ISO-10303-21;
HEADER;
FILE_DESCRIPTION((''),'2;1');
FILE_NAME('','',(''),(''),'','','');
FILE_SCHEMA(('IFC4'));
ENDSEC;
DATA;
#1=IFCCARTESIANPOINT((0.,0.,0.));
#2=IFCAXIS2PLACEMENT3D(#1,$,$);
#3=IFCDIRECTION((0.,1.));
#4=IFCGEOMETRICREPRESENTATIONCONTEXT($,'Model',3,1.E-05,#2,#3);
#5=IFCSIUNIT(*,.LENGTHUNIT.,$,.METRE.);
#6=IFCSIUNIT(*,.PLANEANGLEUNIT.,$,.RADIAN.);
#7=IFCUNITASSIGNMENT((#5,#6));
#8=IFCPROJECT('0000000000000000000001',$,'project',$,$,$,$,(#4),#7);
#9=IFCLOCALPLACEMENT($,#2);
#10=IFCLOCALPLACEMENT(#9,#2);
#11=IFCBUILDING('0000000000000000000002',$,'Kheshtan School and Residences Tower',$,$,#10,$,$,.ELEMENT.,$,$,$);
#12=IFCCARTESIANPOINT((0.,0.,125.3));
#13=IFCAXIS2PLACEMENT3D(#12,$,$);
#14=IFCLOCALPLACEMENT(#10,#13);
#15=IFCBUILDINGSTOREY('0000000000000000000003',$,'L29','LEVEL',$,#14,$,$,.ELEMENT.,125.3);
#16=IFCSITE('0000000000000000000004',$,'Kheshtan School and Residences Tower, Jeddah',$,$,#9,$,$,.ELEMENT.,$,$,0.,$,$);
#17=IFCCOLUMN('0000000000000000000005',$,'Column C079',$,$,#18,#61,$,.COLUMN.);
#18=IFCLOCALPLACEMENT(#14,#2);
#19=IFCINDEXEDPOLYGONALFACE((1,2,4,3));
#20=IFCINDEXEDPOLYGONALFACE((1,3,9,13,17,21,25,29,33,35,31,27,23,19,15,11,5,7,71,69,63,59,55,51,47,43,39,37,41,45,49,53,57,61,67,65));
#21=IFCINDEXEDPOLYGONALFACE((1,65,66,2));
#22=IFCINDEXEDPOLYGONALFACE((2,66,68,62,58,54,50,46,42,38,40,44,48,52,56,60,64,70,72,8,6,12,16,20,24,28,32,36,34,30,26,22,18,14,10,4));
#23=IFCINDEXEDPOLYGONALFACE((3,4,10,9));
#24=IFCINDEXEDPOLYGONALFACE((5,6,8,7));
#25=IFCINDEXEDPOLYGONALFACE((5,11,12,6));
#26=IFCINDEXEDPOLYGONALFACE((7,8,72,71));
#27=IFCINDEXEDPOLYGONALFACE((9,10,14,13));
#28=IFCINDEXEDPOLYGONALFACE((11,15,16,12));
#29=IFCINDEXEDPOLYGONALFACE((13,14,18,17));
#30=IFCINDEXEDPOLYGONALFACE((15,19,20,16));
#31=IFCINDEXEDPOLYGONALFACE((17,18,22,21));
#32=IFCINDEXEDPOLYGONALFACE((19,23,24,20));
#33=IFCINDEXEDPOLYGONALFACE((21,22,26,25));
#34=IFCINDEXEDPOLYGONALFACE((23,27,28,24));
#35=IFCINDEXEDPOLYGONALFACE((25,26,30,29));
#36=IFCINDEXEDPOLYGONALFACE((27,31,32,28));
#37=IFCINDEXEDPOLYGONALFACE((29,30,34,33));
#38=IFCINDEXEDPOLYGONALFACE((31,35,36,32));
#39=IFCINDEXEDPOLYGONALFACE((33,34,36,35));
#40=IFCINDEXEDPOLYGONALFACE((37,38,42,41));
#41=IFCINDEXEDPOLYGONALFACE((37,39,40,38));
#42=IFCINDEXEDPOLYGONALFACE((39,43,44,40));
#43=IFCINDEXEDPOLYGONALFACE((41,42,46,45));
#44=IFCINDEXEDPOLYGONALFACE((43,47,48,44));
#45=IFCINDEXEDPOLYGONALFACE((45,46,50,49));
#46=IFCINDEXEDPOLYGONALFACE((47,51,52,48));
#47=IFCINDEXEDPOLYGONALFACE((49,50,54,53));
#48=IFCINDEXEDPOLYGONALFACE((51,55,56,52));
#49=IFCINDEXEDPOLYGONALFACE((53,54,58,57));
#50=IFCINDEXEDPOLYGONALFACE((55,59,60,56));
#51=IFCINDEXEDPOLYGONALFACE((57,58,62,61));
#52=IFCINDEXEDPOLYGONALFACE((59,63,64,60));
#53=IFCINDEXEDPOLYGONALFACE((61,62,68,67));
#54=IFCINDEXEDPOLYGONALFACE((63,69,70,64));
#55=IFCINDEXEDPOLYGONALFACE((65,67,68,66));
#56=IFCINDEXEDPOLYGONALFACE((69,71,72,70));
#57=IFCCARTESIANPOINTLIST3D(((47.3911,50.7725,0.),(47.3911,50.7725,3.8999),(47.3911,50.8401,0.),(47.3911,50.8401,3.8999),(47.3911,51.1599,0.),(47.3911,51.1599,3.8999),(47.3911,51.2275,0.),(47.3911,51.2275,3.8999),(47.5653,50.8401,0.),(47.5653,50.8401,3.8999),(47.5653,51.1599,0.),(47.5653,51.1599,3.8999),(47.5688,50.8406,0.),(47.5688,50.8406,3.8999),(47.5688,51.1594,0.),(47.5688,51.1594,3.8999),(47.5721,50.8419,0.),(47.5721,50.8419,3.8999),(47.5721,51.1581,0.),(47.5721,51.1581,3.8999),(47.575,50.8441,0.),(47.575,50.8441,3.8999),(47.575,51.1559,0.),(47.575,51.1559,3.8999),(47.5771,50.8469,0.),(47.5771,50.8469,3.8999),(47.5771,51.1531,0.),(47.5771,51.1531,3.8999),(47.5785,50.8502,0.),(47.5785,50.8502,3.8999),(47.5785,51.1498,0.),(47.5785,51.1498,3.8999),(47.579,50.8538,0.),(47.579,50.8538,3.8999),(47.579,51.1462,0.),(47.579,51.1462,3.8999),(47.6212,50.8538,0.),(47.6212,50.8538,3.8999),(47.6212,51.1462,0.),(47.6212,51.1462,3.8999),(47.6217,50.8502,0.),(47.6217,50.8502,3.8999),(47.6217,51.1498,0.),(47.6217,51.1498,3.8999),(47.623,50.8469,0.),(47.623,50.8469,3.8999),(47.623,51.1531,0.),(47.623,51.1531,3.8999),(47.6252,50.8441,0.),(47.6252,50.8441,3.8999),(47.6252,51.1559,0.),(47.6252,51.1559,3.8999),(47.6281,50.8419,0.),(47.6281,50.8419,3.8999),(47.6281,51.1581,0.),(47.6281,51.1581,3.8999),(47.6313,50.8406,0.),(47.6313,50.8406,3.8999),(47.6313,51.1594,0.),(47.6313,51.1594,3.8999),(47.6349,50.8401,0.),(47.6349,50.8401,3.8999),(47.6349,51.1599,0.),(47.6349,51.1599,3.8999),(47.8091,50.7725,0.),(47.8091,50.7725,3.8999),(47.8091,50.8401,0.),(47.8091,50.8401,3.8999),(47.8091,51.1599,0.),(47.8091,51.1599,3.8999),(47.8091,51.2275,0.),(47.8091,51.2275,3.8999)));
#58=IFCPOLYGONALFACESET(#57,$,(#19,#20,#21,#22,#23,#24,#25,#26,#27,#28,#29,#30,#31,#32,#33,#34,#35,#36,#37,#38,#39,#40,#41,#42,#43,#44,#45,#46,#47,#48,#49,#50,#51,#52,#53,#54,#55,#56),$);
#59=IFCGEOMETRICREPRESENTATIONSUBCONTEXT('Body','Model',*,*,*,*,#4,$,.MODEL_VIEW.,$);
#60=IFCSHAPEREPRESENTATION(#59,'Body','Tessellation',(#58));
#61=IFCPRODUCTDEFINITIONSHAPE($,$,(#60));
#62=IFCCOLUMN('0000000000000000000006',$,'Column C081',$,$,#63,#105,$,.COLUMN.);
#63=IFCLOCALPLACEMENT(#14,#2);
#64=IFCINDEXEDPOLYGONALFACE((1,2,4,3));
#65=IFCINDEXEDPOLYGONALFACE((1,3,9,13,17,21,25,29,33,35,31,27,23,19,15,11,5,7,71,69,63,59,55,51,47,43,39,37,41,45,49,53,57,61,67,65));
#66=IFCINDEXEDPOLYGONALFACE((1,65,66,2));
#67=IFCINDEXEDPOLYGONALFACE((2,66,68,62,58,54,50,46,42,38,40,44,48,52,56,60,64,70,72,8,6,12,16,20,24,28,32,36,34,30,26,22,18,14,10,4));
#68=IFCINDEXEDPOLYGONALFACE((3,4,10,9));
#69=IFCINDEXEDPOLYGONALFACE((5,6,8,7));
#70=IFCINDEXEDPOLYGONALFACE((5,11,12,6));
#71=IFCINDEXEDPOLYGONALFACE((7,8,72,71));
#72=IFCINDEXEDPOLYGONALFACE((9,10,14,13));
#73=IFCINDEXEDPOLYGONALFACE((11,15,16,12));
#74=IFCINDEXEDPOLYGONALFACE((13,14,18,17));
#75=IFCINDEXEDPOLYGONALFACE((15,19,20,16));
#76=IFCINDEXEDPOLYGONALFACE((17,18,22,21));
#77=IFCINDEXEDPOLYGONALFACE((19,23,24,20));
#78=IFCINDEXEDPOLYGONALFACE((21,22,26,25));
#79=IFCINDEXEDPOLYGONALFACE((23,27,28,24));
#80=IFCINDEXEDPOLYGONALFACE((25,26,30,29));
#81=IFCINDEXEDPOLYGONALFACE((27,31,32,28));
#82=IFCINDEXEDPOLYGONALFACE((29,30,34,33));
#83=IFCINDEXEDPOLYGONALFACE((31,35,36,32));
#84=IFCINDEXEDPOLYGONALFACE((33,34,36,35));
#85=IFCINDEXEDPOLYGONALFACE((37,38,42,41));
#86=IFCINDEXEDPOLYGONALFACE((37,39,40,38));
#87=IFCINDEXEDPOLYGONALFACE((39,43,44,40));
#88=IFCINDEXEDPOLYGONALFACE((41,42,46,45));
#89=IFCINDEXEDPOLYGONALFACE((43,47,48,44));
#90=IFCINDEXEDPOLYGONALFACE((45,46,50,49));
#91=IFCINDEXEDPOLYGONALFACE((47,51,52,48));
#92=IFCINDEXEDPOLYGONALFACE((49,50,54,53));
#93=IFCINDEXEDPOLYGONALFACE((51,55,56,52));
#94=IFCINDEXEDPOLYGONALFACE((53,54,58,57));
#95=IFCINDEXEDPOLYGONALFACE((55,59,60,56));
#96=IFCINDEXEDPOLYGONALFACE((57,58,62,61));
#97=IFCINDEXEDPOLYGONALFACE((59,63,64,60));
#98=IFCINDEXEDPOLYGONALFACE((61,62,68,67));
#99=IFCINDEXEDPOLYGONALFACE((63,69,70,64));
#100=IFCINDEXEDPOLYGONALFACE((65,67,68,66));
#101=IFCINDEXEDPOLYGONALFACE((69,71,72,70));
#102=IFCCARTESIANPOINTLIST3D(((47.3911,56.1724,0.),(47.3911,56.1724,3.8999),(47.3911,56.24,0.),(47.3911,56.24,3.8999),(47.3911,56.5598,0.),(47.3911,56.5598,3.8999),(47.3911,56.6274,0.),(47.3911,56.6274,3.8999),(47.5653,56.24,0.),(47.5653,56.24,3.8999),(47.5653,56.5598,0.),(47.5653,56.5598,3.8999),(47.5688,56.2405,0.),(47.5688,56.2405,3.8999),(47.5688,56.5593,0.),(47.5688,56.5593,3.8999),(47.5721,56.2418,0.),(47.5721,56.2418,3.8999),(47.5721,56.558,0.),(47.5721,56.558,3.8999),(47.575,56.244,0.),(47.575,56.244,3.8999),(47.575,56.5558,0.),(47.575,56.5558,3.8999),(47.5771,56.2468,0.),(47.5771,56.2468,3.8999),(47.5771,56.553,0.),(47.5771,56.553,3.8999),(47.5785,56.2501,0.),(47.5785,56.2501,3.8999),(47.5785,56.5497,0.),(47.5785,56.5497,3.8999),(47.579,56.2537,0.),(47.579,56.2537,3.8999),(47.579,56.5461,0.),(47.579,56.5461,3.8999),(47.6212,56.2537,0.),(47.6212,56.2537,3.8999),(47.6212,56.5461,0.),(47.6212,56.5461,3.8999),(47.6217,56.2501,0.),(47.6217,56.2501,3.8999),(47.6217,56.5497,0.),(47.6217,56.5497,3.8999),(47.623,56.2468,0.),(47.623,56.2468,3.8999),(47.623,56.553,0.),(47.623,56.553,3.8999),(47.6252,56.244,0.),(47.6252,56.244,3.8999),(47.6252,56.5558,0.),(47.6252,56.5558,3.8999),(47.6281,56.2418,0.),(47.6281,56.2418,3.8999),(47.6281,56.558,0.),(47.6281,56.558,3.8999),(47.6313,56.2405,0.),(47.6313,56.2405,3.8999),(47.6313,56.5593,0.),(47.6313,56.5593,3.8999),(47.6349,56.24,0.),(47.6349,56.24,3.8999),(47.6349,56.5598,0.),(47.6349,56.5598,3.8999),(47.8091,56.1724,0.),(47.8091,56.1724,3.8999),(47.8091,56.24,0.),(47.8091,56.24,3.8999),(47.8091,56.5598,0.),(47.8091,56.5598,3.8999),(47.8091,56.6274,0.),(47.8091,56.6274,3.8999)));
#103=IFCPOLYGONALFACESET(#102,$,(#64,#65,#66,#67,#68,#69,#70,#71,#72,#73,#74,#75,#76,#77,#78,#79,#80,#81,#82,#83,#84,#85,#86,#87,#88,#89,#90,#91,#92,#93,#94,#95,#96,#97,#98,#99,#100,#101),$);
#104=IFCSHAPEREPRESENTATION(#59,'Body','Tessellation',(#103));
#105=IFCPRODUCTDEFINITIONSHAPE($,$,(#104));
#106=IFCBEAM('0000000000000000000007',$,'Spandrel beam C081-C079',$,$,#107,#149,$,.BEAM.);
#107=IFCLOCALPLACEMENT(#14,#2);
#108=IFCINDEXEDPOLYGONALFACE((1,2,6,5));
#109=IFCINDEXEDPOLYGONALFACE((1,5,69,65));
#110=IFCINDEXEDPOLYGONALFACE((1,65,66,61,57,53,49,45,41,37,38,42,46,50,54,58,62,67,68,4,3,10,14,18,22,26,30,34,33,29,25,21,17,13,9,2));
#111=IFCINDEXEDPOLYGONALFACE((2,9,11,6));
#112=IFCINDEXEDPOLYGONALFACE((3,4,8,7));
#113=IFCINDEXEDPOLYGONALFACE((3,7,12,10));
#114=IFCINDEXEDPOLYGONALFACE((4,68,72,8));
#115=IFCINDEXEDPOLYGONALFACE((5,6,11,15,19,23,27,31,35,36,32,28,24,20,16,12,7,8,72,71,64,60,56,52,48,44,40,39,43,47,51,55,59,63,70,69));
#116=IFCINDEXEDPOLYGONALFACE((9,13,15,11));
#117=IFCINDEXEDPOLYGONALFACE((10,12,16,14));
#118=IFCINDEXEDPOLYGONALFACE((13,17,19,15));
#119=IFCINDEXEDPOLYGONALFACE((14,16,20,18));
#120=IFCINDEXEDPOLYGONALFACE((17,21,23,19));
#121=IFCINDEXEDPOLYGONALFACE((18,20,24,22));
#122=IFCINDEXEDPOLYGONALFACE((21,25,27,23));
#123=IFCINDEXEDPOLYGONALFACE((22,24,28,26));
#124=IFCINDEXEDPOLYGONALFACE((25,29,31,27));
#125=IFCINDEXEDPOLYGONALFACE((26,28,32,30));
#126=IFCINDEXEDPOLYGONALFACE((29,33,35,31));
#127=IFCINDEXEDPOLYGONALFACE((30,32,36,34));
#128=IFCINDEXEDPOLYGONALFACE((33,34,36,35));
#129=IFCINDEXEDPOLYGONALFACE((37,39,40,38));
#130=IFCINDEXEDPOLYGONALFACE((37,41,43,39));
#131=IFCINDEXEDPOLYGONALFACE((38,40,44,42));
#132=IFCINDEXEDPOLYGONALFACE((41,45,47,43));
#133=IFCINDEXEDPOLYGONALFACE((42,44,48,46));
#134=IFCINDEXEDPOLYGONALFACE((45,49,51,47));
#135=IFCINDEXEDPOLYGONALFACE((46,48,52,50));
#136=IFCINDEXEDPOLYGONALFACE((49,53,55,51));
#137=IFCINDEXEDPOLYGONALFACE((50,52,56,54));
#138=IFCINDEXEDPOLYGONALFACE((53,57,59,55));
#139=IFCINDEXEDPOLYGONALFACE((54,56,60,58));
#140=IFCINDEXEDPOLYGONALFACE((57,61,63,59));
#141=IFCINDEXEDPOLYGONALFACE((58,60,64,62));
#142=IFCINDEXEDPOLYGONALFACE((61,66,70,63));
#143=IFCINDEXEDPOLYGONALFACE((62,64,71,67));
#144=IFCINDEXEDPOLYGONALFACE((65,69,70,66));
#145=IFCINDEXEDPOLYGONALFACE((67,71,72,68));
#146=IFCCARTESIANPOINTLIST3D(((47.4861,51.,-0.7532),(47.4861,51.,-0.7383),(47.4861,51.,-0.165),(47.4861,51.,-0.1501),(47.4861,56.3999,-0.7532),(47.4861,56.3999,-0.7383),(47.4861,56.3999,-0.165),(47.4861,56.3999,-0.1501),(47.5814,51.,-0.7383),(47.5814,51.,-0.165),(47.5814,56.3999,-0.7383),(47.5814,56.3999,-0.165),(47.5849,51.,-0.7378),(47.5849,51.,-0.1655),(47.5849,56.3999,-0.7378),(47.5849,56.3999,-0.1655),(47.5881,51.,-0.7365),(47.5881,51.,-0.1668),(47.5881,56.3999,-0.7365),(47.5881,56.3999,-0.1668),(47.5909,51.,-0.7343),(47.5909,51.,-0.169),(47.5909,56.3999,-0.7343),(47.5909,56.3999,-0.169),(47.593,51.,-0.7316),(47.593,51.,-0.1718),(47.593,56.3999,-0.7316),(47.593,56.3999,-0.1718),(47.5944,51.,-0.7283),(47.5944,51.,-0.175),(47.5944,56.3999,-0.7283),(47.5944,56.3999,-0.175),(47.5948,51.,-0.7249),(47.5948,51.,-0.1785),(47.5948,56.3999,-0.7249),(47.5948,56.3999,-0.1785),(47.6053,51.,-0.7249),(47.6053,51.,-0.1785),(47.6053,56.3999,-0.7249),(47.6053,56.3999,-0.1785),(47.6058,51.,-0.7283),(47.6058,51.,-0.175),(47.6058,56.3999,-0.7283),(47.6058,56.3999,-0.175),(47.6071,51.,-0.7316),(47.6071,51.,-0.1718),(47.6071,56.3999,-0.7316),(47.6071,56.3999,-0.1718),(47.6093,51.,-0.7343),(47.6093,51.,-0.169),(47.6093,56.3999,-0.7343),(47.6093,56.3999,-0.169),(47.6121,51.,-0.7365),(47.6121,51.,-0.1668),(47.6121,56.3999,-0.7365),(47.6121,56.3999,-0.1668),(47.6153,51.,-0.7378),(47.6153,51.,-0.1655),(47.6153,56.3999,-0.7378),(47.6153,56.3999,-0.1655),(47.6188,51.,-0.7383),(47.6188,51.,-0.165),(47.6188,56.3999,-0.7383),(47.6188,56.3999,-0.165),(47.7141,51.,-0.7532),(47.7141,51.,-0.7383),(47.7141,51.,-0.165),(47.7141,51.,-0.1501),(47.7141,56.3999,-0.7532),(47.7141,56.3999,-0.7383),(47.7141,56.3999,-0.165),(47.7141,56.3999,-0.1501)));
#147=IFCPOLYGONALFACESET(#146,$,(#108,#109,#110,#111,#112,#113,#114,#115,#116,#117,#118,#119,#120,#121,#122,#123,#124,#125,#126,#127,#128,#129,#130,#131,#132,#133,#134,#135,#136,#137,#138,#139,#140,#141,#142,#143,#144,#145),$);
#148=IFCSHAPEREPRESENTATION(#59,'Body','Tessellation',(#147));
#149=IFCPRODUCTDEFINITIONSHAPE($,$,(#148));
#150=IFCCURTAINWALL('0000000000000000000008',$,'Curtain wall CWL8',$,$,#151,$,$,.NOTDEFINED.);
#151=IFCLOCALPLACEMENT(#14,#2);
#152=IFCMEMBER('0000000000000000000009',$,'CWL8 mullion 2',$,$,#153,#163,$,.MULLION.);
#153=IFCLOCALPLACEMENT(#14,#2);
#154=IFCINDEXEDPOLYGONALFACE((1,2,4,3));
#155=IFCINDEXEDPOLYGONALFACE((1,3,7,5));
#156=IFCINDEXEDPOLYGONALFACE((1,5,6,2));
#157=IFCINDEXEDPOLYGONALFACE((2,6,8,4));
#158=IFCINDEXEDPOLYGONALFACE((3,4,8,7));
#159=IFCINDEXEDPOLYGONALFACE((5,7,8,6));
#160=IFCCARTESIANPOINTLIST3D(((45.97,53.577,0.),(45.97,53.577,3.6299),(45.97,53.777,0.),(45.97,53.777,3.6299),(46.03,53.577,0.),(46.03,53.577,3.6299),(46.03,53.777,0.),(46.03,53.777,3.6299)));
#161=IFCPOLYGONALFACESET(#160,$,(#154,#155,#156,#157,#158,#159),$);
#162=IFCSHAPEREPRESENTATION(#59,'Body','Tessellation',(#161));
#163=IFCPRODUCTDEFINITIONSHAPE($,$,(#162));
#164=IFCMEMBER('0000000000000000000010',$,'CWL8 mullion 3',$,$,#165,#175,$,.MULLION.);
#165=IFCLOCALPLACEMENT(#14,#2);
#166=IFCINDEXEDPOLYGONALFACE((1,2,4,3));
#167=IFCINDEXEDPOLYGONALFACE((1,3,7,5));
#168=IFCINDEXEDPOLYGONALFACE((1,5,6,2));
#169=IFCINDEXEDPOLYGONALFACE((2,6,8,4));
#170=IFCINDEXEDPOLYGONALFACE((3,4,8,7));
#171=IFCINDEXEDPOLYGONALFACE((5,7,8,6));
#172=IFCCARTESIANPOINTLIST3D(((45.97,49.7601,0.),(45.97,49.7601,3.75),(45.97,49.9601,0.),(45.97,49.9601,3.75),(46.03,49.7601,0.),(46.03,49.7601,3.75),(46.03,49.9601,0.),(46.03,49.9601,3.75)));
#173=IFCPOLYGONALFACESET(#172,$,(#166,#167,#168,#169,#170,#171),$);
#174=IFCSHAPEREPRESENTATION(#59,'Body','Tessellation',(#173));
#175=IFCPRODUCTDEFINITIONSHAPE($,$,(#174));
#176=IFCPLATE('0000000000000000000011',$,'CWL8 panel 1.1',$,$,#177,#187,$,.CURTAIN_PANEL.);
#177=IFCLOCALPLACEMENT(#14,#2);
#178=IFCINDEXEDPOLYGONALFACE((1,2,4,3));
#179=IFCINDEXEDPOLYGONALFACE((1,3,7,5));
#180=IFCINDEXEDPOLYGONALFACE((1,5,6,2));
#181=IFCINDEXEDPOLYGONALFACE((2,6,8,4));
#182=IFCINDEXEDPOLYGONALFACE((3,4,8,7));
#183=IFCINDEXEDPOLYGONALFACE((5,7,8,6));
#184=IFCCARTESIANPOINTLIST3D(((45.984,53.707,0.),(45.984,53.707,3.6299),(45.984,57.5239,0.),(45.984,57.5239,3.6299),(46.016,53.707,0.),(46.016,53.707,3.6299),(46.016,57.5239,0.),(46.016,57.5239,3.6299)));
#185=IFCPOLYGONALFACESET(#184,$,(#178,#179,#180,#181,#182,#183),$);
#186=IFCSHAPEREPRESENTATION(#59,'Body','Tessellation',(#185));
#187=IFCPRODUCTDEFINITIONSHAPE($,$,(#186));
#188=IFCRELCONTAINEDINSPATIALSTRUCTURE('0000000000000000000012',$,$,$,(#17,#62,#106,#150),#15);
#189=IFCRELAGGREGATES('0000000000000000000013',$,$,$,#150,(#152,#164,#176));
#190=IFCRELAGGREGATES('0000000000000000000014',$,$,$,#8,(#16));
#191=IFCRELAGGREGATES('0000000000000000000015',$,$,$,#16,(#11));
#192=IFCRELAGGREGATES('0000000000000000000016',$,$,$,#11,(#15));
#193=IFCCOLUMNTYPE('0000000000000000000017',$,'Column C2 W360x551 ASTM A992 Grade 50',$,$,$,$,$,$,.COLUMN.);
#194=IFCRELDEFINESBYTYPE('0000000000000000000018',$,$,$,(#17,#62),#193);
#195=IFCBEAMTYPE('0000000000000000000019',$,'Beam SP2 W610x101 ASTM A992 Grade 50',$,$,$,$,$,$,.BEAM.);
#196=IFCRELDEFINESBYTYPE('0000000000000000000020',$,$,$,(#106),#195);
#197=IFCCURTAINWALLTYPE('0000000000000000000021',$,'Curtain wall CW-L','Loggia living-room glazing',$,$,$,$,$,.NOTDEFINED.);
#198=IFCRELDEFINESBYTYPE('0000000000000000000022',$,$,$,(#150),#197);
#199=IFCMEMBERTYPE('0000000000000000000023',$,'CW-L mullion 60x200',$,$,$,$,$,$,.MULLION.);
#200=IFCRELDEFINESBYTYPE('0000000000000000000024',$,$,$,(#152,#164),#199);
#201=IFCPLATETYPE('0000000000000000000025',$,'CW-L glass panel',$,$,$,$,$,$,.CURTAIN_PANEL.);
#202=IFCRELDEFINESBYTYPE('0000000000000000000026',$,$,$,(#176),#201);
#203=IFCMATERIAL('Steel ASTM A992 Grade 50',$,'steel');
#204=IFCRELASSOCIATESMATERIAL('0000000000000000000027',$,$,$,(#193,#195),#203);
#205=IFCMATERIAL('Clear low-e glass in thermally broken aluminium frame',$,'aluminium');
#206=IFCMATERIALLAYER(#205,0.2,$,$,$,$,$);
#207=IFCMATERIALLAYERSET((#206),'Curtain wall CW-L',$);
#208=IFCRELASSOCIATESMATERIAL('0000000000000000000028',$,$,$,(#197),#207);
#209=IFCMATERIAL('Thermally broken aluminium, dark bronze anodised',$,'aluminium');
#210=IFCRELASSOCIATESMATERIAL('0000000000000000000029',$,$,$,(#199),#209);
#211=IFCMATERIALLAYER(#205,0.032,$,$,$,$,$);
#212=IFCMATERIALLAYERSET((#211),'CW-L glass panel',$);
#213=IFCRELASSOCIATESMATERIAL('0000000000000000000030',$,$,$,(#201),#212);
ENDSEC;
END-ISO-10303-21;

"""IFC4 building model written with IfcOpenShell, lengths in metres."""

from ifc_helpers import new_model, si_unit, direction, frame, origin, origin_2d, place, context, subcontext, project, spatial, rectangle, i_section, extrude, material, layer, layer_set, material_profile, profile_set, type_object, element, aggregate, save


model = new_model("IFC4")

# Units and contexts
model_context = context("Model", 3, precision=1e-05, world=origin(), true_north=direction((0.0, 1.0)))
body_context = subcontext(model_context, "Body", "Model", "MODEL_VIEW")
ifc_project = project(units=[si_unit("LENGTHUNIT", "METRE"), si_unit("PLANEANGLEUNIT", "RADIAN")], contexts=[model_context])

# Site, building, storey
site_placement = place(None, origin())
site = spatial("IfcSite", under=ifc_project, at=site_placement, Name="Kheshtan School and Residences Tower, Jeddah", CompositionType="ELEMENT", RefElevation=0.0)
building_placement = place(site_placement, origin())
building = spatial("IfcBuilding", under=site, at=building_placement, Name="Kheshtan School and Residences Tower", CompositionType="ELEMENT")
storey_placement = place(building_placement, frame((0.0, 0.0, 125.3)))
storey = spatial("IfcBuildingStorey", under=building, at=storey_placement, Name="L29", Description="LEVEL", CompositionType="ELEMENT", Elevation=125.3)

# Columns
ifc_material_1 = material(Name="Steel ASTM A992 Grade 50", Category="steel")
ifc_material_profile_1 = material_profile(ifc_material_1, i_section(OverallWidth=0.418, OverallDepth=0.4551, WebThickness=0.0422, FlangeThickness=0.0676, FilletRadius=0.0137, at=origin_2d()), Name="W360x551")
ifc_profile_set_1 = profile_set([ifc_material_profile_1], Name="Steel ASTM A992 Grade 50")
column_type = type_object("IfcColumnType", Name="Column C2 W360x551 ASTM A992 Grade 50", PredefinedType="COLUMN", material=ifc_profile_set_1)
for number, where, z_axis, x_axis, name in (
    (1, (47.6001, 51.0, 0.0), (0.0, 0.0, 1.0), (1.0, 0.0, 0.0), "Column C079"),
    (2, (47.6001, 56.3999, 0.0), (0.0, 0.0, 1.0), (1.0, 0.0, 0.0), "Column C081"),
):
    element("IfcColumn", number, at=place(storey_placement, frame(where, z_axis=z_axis, x_axis=x_axis)), inside=storey, type_object=column_type, Name=name, PredefinedType="COLUMN", context=body_context, shape_type="SweptSolid", body=[
        extrude(i_section(OverallWidth=0.418, OverallDepth=0.4551, WebThickness=0.0422, FlangeThickness=0.0676, FilletRadius=0.0137, at=origin_2d()), origin(), (0.0, 0.0, 1.0), 3.8999),
    ])

# Beam
ifc_material_profile_2 = material_profile(ifc_material_1, i_section(OverallWidth=0.228, OverallDepth=0.603, WebThickness=0.0105, FlangeThickness=0.0149, FilletRadius=0.0134, at=origin_2d()), Name="W610x101")
ifc_profile_set_2 = profile_set([ifc_material_profile_2], Name="Steel ASTM A992 Grade 50")
beam_type = type_object("IfcBeamType", Name="Beam SP2 W610x101 ASTM A992 Grade 50", PredefinedType="BEAM", material=ifc_profile_set_2)
beam_placement = place(storey_placement, frame((47.6001, 56.3999, -0.4517), z_axis=(0.0, -1.0, 0.0), x_axis=(1.0, 0.0, 0.0)))
element("IfcBeam", 3, at=beam_placement, inside=storey, type_object=beam_type, Name="Spandrel beam C081-C079", PredefinedType="BEAM", context=body_context, shape_type="SweptSolid", body=[
    extrude(i_section(OverallWidth=0.228, OverallDepth=0.603, WebThickness=0.0105, FlangeThickness=0.0149, FilletRadius=0.0134, at=origin_2d()), origin(), (0.0, 0.0, 1.0), 5.3999),
])

# Curtain wall, members, plate
ifc_material_2 = material(Name="Clear low-e glass in thermally broken aluminium frame", Category="aluminium")
ifc_layer_1 = layer(ifc_material_2, 0.2)
ifc_layer_set_1 = layer_set([ifc_layer_1], Name="Curtain wall CW-L")
curtain_wall_type = type_object("IfcCurtainWallType", Name="Curtain wall CW-L", Description="Loggia living-room glazing", PredefinedType="NOTDEFINED", material=ifc_layer_set_1)
curtain_wall_placement = place(storey_placement, origin())
curtain_wall = element("IfcCurtainWall", 4, at=curtain_wall_placement, inside=storey, type_object=curtain_wall_type, Name="Curtain wall CWL8", PredefinedType="NOTDEFINED")
ifc_material_3 = material(Name="Thermally broken aluminium, dark bronze anodised", Category="aluminium")
ifc_material_profile_3 = material_profile(ifc_material_3, rectangle(XDim=0.0601, YDim=0.2, at=origin_2d()), Name="CW-L mullion 60x200")
ifc_profile_set_3 = profile_set([ifc_material_profile_3], Name="Thermally broken aluminium, dark bronze anodised")
member_type = type_object("IfcMemberType", Name="CW-L mullion 60x200", PredefinedType="MULLION", material=ifc_profile_set_3)
member_1_placement = place(storey_placement, frame((46.0, 53.677, 0.0), z_axis=(0.0, 0.0, 1.0), x_axis=(1.0, 0.0, 0.0)))
member_1 = element("IfcMember", 5, at=member_1_placement, type_object=member_type, Name="CWL8 mullion 2", PredefinedType="MULLION", context=body_context, shape_type="SweptSolid", body=[
    extrude(rectangle(XDim=0.0601, YDim=0.2, at=origin_2d()), origin(), (0.0, 0.0, 1.0), 3.6299),
])
member_2_placement = place(storey_placement, frame((46.0, 49.8601, 0.0), z_axis=(0.0, 0.0, 1.0), x_axis=(1.0, 0.0, 0.0)))
member_2 = element("IfcMember", 6, at=member_2_placement, type_object=member_type, Name="CWL8 mullion 3", PredefinedType="MULLION", context=body_context, shape_type="SweptSolid", body=[
    extrude(rectangle(XDim=0.0601, YDim=0.2, at=origin_2d()), origin(), (0.0, 0.0, 1.0), 3.75),
])
ifc_layer_2 = layer(ifc_material_2, 0.032)
ifc_layer_set_2 = layer_set([ifc_layer_2], Name="CW-L glass panel")
plate_type = type_object("IfcPlateType", Name="CW-L glass panel", PredefinedType="CURTAIN_PANEL", material=ifc_layer_set_2)
plate_1_placement = place(storey_placement, frame((46.0, 55.6155, 0.0), z_axis=(0.0, 0.0, 1.0), x_axis=(0.0, -1.0, 0.0)))
plate_1 = element("IfcPlate", 7, at=plate_1_placement, type_object=plate_type, Name="CWL8 panel 1.1", PredefinedType="CURTAIN_PANEL", context=body_context, shape_type="SweptSolid", body=[
    extrude(rectangle(XDim=3.8169, YDim=0.032, at=origin_2d()), origin(), (0.0, 0.0, 1.0), 3.6299),
])
aggregate(curtain_wall, [member_1, member_2, plate_1])

save(model, "model.ifc")
